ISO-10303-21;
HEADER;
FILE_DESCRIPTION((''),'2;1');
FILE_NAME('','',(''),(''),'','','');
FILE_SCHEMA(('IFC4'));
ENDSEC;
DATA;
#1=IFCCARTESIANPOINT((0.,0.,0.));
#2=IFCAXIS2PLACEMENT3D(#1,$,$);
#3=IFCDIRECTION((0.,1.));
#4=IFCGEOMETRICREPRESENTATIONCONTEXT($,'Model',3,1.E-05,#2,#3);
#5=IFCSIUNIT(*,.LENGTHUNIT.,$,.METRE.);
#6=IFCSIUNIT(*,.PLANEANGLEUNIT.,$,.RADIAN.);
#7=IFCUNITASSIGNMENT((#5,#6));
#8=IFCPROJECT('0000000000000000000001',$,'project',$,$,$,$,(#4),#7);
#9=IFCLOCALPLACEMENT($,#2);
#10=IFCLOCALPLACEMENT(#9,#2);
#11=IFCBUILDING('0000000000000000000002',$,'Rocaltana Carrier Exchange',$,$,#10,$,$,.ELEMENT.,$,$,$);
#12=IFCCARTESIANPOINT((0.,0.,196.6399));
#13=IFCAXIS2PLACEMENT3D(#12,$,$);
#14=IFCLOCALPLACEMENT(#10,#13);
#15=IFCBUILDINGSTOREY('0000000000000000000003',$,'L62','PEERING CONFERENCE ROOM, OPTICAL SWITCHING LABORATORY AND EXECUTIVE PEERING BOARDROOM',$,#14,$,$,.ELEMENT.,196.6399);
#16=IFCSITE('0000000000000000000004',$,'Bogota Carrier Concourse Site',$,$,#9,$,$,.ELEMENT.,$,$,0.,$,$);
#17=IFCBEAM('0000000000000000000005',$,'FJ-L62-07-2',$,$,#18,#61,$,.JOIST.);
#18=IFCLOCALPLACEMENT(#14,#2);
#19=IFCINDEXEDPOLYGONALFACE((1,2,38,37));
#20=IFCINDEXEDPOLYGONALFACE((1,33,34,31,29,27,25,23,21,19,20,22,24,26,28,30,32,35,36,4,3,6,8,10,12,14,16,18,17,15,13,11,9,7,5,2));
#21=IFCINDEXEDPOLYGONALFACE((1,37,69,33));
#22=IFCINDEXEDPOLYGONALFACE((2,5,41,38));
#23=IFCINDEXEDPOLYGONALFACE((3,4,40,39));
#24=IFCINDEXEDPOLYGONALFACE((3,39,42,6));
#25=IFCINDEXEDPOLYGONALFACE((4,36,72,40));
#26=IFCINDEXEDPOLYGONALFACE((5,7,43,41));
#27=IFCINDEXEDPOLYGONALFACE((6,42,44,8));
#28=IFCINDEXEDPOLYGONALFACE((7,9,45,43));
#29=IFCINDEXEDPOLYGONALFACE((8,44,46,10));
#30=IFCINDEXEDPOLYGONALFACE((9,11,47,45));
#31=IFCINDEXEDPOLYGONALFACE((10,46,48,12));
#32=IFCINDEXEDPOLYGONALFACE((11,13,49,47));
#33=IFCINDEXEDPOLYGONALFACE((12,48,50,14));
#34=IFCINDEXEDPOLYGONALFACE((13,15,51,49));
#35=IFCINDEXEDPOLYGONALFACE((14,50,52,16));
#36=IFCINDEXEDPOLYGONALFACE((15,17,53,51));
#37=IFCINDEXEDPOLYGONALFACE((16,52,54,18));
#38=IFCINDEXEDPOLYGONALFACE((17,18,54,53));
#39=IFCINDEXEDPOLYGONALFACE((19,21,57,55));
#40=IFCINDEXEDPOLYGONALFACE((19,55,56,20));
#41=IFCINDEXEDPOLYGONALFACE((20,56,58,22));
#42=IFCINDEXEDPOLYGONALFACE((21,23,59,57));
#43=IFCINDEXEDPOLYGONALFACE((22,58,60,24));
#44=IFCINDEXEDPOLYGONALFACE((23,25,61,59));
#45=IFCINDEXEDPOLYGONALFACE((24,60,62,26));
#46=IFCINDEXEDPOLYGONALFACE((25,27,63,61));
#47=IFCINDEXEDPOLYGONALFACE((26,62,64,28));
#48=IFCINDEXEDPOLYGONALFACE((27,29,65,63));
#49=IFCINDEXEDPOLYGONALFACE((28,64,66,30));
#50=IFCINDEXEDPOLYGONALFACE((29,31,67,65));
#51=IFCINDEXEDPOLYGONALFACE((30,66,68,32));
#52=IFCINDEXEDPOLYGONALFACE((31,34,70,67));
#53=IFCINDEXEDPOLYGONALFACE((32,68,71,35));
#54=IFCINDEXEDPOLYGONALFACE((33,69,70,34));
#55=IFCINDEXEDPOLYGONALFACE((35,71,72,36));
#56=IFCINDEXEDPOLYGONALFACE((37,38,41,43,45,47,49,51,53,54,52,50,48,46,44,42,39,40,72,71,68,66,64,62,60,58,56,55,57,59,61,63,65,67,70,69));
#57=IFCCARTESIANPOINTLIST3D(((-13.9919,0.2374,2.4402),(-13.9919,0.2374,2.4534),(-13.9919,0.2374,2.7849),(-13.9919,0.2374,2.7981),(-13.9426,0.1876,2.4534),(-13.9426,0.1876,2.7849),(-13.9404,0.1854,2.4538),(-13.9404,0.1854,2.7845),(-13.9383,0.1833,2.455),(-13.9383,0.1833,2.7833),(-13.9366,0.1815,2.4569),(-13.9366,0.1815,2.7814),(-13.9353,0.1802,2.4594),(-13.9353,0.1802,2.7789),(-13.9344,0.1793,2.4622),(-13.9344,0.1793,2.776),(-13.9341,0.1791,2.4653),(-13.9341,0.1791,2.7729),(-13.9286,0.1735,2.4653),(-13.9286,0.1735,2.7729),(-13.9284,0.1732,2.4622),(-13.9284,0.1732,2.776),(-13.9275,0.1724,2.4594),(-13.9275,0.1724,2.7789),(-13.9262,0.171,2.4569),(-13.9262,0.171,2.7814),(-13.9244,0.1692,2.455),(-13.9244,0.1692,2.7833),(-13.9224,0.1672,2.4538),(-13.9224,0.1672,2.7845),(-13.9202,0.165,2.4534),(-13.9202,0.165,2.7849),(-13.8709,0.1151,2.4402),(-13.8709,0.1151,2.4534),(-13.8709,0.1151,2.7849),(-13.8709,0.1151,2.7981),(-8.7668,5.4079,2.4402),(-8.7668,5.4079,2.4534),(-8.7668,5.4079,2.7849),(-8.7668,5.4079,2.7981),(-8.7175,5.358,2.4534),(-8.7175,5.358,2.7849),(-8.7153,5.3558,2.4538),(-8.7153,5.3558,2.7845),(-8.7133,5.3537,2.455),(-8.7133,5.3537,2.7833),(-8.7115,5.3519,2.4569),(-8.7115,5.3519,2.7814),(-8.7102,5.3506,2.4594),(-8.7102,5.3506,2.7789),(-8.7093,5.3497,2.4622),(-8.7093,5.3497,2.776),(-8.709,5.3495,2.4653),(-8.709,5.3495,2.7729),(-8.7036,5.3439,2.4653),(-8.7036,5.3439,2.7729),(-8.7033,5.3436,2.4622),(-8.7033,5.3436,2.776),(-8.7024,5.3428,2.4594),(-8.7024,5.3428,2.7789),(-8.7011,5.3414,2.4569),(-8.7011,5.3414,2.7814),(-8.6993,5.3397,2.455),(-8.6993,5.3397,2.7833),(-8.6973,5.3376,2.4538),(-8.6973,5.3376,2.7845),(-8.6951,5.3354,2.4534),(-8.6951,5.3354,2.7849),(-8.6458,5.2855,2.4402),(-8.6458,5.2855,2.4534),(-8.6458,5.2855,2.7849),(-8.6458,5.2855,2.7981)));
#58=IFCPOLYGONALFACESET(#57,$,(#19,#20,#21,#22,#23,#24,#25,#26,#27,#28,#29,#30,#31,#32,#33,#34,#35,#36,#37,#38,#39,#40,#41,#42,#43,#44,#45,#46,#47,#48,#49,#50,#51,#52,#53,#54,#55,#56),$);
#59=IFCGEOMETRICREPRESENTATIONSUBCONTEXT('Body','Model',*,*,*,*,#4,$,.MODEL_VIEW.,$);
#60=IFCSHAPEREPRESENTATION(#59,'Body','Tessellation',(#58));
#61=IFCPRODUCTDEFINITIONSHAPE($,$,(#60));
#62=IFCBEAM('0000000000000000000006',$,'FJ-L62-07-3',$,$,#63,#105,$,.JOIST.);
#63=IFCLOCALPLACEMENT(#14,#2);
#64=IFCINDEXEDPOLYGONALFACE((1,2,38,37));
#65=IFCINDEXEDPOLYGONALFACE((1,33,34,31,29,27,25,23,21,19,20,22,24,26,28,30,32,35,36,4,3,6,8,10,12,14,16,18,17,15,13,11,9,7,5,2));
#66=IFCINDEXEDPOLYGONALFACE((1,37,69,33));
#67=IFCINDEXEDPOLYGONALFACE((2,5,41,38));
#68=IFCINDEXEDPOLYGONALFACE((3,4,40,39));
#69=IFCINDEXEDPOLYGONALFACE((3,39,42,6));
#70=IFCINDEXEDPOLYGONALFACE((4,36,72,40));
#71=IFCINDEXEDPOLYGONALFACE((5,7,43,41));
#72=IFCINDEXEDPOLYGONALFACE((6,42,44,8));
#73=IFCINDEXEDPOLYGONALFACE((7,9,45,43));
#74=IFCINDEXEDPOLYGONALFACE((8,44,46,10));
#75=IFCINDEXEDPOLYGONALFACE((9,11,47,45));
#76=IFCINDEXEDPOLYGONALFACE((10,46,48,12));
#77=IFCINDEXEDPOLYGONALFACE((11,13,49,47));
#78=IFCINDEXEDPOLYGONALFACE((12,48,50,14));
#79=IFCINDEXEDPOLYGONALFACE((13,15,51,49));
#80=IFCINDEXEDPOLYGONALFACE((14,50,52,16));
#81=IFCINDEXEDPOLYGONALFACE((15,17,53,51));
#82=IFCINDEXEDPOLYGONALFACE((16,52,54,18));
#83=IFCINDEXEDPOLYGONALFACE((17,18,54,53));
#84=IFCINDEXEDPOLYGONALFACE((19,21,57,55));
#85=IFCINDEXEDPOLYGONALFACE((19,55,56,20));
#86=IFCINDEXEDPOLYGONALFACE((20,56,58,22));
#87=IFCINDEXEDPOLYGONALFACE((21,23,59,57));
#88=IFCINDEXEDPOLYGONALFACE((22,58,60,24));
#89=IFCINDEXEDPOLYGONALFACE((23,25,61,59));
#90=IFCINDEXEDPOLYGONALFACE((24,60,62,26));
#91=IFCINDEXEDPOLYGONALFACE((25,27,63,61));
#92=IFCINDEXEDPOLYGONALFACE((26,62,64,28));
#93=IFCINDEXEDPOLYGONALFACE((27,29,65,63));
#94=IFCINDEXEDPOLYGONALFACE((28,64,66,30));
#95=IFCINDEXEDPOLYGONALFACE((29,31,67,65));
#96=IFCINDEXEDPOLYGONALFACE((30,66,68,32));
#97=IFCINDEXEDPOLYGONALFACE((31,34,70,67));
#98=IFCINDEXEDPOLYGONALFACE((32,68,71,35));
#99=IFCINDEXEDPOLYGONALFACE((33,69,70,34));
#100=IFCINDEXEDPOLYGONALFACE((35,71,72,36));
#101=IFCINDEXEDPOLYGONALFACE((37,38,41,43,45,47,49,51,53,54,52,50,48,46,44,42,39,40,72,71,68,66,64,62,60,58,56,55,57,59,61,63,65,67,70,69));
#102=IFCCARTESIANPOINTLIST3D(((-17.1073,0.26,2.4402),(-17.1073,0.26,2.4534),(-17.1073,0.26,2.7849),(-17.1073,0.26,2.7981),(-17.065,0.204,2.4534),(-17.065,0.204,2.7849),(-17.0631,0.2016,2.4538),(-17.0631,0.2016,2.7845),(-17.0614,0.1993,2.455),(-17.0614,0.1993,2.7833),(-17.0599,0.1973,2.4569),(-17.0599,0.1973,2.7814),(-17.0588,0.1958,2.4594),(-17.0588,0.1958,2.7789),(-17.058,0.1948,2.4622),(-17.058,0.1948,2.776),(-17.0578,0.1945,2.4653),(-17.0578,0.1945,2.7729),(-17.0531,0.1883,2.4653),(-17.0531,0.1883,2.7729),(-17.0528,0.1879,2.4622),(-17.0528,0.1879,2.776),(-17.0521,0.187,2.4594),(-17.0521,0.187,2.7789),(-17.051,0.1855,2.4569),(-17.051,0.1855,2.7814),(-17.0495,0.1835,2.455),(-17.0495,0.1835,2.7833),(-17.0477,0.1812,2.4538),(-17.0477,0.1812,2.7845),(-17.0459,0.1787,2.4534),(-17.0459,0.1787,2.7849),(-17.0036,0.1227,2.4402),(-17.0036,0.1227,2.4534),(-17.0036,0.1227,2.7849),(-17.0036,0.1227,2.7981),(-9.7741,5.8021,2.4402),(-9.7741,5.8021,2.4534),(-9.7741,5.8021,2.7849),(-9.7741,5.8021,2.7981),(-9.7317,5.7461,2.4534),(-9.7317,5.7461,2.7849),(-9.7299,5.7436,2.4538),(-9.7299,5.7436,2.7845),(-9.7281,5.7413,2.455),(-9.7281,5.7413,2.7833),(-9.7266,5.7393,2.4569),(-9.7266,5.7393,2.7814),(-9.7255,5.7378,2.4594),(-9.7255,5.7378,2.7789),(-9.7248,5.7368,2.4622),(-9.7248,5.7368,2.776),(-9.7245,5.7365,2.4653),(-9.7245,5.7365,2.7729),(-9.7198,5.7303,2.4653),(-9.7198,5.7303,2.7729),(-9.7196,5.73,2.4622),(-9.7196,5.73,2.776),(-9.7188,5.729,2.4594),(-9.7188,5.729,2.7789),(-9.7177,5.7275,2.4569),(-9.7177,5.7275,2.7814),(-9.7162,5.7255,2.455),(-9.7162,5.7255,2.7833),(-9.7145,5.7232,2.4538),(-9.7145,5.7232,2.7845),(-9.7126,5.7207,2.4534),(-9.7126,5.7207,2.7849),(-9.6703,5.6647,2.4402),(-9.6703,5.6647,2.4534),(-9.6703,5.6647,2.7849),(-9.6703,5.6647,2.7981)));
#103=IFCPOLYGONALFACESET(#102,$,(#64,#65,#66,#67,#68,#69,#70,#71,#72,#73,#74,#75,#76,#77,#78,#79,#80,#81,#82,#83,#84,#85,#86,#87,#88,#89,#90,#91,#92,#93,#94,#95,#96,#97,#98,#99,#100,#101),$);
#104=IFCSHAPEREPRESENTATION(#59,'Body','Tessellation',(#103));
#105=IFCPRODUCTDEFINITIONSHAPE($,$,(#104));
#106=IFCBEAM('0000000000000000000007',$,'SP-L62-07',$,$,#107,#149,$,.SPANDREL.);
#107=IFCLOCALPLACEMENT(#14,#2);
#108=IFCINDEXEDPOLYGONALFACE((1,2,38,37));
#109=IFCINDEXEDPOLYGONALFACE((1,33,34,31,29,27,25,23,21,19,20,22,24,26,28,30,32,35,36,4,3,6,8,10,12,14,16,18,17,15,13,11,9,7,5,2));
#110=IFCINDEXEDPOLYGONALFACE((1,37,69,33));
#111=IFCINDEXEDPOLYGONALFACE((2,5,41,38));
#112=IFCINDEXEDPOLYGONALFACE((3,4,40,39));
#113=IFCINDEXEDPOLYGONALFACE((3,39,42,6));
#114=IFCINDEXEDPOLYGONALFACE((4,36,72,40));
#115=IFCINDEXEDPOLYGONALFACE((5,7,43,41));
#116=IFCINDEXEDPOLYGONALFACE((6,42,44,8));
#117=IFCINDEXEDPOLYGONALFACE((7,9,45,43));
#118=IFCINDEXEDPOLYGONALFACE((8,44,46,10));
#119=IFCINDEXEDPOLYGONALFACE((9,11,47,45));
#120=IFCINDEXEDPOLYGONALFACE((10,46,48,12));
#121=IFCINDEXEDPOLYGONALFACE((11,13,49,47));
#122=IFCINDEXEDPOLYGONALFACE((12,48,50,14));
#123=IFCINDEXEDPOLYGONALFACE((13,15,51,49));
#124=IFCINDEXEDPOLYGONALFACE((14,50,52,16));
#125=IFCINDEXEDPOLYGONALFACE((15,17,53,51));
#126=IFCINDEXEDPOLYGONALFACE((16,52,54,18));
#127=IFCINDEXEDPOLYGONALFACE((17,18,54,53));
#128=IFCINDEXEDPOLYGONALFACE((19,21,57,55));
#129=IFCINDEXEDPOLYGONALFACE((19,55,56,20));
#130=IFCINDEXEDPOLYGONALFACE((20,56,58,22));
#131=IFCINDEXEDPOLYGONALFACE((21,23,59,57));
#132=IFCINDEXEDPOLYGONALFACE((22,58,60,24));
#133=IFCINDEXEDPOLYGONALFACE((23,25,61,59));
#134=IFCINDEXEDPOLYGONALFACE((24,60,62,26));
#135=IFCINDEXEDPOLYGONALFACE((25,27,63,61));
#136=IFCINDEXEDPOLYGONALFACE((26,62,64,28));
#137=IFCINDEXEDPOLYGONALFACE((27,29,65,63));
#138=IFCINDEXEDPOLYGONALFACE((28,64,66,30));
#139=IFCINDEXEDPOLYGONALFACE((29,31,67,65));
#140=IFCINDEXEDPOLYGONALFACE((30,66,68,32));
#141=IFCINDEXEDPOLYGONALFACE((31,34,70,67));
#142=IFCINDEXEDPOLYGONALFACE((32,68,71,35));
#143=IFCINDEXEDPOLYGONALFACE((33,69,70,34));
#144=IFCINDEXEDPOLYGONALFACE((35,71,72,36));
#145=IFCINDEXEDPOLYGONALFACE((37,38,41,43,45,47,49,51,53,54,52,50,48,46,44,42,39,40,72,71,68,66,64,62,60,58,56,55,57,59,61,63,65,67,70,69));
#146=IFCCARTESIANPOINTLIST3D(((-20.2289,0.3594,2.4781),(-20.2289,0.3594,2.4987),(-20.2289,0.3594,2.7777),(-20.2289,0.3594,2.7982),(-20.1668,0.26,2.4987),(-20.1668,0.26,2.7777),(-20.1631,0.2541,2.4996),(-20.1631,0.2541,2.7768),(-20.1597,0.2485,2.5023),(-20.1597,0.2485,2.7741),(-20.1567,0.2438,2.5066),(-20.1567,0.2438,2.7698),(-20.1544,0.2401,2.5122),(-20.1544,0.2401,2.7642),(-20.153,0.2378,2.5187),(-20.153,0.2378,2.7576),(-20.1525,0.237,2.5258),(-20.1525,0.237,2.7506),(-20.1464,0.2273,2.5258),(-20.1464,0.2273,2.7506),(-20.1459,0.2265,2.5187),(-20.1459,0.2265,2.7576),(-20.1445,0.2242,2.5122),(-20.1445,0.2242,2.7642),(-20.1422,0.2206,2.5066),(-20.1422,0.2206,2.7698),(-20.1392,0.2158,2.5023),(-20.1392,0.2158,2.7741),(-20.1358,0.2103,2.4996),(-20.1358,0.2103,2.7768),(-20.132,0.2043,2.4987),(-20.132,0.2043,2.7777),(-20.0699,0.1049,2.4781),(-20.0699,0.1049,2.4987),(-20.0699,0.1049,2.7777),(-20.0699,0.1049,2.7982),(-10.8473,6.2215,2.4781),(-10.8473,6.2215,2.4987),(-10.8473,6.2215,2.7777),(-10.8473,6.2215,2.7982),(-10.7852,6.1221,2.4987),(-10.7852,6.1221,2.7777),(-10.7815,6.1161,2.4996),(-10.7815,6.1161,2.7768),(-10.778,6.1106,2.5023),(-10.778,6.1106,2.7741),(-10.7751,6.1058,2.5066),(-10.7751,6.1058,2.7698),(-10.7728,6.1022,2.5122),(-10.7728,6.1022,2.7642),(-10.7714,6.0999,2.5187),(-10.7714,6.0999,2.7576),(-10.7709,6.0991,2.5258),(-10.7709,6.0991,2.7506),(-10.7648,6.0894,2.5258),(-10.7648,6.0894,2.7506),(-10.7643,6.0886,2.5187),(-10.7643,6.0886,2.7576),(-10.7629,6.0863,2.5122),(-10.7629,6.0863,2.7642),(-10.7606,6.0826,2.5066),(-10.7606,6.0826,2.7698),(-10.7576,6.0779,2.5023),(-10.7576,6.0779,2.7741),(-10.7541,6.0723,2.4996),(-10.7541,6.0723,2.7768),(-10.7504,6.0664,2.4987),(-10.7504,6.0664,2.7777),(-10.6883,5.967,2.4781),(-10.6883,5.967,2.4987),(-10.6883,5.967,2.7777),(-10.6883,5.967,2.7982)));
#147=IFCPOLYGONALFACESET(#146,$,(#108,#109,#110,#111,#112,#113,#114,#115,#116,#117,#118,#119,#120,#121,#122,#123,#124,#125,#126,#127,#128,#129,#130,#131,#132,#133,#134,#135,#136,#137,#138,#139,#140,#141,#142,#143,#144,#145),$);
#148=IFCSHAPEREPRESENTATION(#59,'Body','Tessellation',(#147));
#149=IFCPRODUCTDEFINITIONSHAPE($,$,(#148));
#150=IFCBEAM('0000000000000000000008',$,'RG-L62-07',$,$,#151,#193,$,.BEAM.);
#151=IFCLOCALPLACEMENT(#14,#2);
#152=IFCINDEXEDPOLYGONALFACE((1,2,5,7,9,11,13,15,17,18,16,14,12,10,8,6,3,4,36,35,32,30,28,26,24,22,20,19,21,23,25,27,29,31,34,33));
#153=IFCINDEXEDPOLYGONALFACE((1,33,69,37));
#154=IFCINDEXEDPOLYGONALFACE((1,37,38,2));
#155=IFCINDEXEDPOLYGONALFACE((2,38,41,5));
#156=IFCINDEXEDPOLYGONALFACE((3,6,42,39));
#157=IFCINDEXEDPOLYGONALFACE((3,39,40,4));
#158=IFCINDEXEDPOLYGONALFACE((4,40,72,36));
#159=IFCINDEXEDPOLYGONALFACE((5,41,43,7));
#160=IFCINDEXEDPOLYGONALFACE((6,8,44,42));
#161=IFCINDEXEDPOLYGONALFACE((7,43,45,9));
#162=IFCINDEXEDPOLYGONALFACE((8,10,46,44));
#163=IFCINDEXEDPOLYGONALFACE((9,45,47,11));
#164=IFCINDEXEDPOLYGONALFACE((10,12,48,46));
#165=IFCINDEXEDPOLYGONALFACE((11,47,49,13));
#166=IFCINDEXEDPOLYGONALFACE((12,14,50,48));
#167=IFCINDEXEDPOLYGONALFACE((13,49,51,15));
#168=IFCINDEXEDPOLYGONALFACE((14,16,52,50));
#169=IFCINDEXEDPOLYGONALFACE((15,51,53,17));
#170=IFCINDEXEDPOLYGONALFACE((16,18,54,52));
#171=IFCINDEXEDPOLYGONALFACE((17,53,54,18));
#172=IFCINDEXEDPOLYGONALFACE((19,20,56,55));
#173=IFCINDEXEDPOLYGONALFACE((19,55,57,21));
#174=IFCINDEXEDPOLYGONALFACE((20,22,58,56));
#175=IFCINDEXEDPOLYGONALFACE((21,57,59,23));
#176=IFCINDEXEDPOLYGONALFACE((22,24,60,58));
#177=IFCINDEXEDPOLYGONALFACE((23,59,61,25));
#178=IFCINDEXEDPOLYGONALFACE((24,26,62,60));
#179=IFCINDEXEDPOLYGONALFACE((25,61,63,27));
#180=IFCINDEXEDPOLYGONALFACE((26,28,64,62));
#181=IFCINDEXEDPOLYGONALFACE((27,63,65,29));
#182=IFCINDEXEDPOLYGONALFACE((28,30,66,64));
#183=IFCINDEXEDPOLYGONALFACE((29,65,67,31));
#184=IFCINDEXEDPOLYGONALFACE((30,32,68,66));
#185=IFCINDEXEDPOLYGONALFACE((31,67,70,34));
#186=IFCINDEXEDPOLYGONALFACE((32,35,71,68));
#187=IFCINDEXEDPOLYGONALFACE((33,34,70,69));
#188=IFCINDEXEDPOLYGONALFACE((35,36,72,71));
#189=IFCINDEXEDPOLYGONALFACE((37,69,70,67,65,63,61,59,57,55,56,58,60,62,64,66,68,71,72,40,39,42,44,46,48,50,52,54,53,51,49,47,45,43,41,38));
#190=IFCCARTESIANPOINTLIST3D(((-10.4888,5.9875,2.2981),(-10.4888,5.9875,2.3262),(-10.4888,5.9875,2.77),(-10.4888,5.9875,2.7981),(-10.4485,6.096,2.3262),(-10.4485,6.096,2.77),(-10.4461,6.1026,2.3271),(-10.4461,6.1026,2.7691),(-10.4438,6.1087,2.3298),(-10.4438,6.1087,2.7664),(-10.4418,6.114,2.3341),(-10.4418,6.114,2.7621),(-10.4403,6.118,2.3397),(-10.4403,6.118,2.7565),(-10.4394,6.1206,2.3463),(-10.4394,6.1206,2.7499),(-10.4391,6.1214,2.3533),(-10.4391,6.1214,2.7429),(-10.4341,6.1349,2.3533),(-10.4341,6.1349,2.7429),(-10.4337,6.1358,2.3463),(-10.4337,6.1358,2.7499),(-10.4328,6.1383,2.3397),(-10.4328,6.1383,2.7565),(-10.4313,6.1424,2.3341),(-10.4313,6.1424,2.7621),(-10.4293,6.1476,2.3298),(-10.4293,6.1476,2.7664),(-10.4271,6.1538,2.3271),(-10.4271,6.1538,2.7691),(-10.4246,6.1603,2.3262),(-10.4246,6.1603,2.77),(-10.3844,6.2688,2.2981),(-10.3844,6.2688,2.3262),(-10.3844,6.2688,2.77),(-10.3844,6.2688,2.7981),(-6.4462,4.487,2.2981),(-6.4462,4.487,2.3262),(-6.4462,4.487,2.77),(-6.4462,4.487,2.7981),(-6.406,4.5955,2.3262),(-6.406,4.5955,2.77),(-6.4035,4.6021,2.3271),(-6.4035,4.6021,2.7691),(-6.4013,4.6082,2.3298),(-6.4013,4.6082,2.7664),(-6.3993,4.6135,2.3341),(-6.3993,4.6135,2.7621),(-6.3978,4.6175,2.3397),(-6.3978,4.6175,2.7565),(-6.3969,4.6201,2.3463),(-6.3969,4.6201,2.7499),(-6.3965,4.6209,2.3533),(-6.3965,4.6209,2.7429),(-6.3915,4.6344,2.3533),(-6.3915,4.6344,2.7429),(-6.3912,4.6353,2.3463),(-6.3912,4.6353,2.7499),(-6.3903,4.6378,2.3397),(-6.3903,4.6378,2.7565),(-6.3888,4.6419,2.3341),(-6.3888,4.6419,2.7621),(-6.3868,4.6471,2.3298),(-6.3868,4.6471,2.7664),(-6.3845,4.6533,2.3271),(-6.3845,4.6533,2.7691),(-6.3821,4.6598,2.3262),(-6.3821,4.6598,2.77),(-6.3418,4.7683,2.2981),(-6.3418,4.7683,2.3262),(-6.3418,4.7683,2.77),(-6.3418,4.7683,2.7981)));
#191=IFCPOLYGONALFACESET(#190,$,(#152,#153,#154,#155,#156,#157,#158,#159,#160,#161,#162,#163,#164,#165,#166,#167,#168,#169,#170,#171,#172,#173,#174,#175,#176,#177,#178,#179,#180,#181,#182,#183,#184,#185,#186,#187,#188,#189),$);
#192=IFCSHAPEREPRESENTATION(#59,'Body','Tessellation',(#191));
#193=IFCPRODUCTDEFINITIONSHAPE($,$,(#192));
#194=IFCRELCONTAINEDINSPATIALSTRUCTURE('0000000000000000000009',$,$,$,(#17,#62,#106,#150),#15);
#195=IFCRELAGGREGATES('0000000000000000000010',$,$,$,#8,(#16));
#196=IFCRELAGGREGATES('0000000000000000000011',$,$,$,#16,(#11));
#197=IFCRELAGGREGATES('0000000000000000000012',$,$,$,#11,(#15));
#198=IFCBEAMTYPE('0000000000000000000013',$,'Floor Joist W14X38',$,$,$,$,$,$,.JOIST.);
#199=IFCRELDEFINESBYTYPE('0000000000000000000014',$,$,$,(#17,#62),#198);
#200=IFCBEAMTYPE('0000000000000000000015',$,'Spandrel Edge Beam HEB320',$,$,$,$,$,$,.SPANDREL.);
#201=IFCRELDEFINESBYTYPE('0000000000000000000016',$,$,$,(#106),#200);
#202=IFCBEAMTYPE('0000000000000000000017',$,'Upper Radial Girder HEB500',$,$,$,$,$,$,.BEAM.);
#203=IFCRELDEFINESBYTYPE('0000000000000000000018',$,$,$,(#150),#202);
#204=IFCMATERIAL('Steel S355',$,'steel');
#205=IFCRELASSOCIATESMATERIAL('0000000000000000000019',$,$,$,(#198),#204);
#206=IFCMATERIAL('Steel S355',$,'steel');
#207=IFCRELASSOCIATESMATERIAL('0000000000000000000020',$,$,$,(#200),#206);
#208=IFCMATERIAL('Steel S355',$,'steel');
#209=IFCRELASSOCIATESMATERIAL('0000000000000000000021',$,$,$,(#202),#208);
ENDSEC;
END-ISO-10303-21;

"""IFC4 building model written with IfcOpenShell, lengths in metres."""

from ifc_helpers import new_model, si_unit, direction, frame, origin, origin_2d, place, context, subcontext, project, spatial, i_section, extrude, material, material_profile, profile_set, type_object, element, save


model = new_model("IFC4")

# Units and contexts
model_context = context("Model", 3, precision=1e-05, world=origin(), true_north=direction((0.0, 1.0)))
body_context = subcontext(model_context, "Body", "Model", "MODEL_VIEW")
ifc_project = project(units=[si_unit("LENGTHUNIT", "METRE"), si_unit("PLANEANGLEUNIT", "RADIAN")], contexts=[model_context])

# Site, building, storey
site_placement = place(None, origin())
site = spatial("IfcSite", under=ifc_project, at=site_placement, Name="Bogota Carrier Concourse Site", CompositionType="ELEMENT", RefElevation=0.0)
building_placement = place(site_placement, origin())
building = spatial("IfcBuilding", under=site, at=building_placement, Name="Rocaltana Carrier Exchange", CompositionType="ELEMENT")
storey_placement = place(building_placement, frame((0.0, 0.0, 196.6399)))
storey = spatial("IfcBuildingStorey", under=building, at=storey_placement, Name="L62", Description="PEERING CONFERENCE ROOM, OPTICAL SWITCHING LABORATORY AND EXECUTIVE PEERING BOARDROOM", CompositionType="ELEMENT", Elevation=196.6399)

# Beams
ifc_material_1 = material(Name="Steel S355", Category="steel")
ifc_material_profile_1 = material_profile(ifc_material_1, i_section(OverallWidth=0.1721, OverallDepth=0.3579, WebThickness=0.0078, FlangeThickness=0.0132, FilletRadius=0.012, at=origin_2d()), Name="W14X38")
ifc_profile_set_1 = profile_set([ifc_material_profile_1], Name="Steel S355")
beam_type_1 = type_object("IfcBeamType", Name="Floor Joist W14X38", PredefinedType="JOIST", material=ifc_profile_set_1)
beam_1_placement = place(storey_placement, frame((-8.7063, 5.3467, 2.6191), z_axis=(-0.710817, -0.703377, 0.0), x_axis=(0.703377, -0.710817, 0.0)))
element("IfcBeam", 1, at=beam_1_placement, inside=storey, type_object=beam_type_1, Name="FJ-L62-07-2", PredefinedType="JOIST", context=body_context, shape_type="SweptSolid", body=[
    extrude(i_section(OverallWidth=0.1721, OverallDepth=0.3579, WebThickness=0.0078, FlangeThickness=0.0132, FilletRadius=0.012, at=origin_2d()), origin(), (0.0, 0.0, 1.0), 7.3508),
])
beam_2_placement = place(storey_placement, frame((-9.7222, 5.7334, 2.6191), z_axis=(-0.797799, -0.602924, 0.0), x_axis=(0.602924, -0.797799, 0.0)))
element("IfcBeam", 2, at=beam_2_placement, inside=storey, type_object=beam_type_1, Name="FJ-L62-07-3", PredefinedType="JOIST", context=body_context, shape_type="SweptSolid", body=[
    extrude(i_section(OverallWidth=0.1721, OverallDepth=0.3579, WebThickness=0.0078, FlangeThickness=0.0132, FilletRadius=0.012, at=origin_2d()), origin(), (0.0, 0.0, 1.0), 9.1919),
])
ifc_material_2 = material(Name="Steel S355", Category="steel")
ifc_material_profile_2 = material_profile(ifc_material_2, i_section(OverallWidth=0.3, OverallDepth=0.3201, WebThickness=0.0115, FlangeThickness=0.0205, FilletRadius=0.0271, at=origin_2d()), Name="HEB320")
ifc_profile_set_2 = profile_set([ifc_material_profile_2], Name="Steel S355")
beam_type_2 = type_object("IfcBeamType", Name="Spandrel Edge Beam HEB320", PredefinedType="SPANDREL", material=ifc_profile_set_2)
beam_3_placement = place(storey_placement, frame((-10.7678, 6.0942, 2.6382), z_axis=(-0.848057, -0.529906, 0.0), x_axis=(0.529906, -0.848057, 0.0)))
element("IfcBeam", 3, at=beam_3_placement, inside=storey, type_object=beam_type_2, Name="SP-L62-07", PredefinedType="SPANDREL", context=body_context, shape_type="SweptSolid", body=[
    extrude(i_section(OverallWidth=0.3, OverallDepth=0.3201, WebThickness=0.0115, FlangeThickness=0.0205, FilletRadius=0.0271, at=origin_2d()), origin(), (0.0, 0.0, 1.0), 11.0625),
])
ifc_material_3 = material(Name="Steel S355", Category="steel")
ifc_material_profile_3 = material_profile(ifc_material_3, i_section(OverallWidth=0.3, OverallDepth=0.5, WebThickness=0.0144, FlangeThickness=0.0281, FilletRadius=0.0271, at=origin_2d()), Name="HEB500")
ifc_profile_set_3 = profile_set([ifc_material_profile_3], Name="Steel S355")
beam_type_3 = type_object("IfcBeamType", Name="Upper Radial Girder HEB500", PredefinedType="BEAM", material=ifc_profile_set_3)
beam_4_placement = place(storey_placement, frame((-6.394, 4.6277, 2.5481), z_axis=(-0.937501, 0.347982, 0.0), x_axis=(-0.347982, -0.937501, 0.0)))
element("IfcBeam", 4, at=beam_4_placement, inside=storey, type_object=beam_type_3, Name="RG-L62-07", PredefinedType="BEAM", context=body_context, shape_type="SweptSolid", body=[
    extrude(i_section(OverallWidth=0.3, OverallDepth=0.5, WebThickness=0.0144, FlangeThickness=0.0281, FilletRadius=0.0271, at=origin_2d()), origin(), (0.0, 0.0, 1.0), 4.312),
])

save(model, "model.ifc")
